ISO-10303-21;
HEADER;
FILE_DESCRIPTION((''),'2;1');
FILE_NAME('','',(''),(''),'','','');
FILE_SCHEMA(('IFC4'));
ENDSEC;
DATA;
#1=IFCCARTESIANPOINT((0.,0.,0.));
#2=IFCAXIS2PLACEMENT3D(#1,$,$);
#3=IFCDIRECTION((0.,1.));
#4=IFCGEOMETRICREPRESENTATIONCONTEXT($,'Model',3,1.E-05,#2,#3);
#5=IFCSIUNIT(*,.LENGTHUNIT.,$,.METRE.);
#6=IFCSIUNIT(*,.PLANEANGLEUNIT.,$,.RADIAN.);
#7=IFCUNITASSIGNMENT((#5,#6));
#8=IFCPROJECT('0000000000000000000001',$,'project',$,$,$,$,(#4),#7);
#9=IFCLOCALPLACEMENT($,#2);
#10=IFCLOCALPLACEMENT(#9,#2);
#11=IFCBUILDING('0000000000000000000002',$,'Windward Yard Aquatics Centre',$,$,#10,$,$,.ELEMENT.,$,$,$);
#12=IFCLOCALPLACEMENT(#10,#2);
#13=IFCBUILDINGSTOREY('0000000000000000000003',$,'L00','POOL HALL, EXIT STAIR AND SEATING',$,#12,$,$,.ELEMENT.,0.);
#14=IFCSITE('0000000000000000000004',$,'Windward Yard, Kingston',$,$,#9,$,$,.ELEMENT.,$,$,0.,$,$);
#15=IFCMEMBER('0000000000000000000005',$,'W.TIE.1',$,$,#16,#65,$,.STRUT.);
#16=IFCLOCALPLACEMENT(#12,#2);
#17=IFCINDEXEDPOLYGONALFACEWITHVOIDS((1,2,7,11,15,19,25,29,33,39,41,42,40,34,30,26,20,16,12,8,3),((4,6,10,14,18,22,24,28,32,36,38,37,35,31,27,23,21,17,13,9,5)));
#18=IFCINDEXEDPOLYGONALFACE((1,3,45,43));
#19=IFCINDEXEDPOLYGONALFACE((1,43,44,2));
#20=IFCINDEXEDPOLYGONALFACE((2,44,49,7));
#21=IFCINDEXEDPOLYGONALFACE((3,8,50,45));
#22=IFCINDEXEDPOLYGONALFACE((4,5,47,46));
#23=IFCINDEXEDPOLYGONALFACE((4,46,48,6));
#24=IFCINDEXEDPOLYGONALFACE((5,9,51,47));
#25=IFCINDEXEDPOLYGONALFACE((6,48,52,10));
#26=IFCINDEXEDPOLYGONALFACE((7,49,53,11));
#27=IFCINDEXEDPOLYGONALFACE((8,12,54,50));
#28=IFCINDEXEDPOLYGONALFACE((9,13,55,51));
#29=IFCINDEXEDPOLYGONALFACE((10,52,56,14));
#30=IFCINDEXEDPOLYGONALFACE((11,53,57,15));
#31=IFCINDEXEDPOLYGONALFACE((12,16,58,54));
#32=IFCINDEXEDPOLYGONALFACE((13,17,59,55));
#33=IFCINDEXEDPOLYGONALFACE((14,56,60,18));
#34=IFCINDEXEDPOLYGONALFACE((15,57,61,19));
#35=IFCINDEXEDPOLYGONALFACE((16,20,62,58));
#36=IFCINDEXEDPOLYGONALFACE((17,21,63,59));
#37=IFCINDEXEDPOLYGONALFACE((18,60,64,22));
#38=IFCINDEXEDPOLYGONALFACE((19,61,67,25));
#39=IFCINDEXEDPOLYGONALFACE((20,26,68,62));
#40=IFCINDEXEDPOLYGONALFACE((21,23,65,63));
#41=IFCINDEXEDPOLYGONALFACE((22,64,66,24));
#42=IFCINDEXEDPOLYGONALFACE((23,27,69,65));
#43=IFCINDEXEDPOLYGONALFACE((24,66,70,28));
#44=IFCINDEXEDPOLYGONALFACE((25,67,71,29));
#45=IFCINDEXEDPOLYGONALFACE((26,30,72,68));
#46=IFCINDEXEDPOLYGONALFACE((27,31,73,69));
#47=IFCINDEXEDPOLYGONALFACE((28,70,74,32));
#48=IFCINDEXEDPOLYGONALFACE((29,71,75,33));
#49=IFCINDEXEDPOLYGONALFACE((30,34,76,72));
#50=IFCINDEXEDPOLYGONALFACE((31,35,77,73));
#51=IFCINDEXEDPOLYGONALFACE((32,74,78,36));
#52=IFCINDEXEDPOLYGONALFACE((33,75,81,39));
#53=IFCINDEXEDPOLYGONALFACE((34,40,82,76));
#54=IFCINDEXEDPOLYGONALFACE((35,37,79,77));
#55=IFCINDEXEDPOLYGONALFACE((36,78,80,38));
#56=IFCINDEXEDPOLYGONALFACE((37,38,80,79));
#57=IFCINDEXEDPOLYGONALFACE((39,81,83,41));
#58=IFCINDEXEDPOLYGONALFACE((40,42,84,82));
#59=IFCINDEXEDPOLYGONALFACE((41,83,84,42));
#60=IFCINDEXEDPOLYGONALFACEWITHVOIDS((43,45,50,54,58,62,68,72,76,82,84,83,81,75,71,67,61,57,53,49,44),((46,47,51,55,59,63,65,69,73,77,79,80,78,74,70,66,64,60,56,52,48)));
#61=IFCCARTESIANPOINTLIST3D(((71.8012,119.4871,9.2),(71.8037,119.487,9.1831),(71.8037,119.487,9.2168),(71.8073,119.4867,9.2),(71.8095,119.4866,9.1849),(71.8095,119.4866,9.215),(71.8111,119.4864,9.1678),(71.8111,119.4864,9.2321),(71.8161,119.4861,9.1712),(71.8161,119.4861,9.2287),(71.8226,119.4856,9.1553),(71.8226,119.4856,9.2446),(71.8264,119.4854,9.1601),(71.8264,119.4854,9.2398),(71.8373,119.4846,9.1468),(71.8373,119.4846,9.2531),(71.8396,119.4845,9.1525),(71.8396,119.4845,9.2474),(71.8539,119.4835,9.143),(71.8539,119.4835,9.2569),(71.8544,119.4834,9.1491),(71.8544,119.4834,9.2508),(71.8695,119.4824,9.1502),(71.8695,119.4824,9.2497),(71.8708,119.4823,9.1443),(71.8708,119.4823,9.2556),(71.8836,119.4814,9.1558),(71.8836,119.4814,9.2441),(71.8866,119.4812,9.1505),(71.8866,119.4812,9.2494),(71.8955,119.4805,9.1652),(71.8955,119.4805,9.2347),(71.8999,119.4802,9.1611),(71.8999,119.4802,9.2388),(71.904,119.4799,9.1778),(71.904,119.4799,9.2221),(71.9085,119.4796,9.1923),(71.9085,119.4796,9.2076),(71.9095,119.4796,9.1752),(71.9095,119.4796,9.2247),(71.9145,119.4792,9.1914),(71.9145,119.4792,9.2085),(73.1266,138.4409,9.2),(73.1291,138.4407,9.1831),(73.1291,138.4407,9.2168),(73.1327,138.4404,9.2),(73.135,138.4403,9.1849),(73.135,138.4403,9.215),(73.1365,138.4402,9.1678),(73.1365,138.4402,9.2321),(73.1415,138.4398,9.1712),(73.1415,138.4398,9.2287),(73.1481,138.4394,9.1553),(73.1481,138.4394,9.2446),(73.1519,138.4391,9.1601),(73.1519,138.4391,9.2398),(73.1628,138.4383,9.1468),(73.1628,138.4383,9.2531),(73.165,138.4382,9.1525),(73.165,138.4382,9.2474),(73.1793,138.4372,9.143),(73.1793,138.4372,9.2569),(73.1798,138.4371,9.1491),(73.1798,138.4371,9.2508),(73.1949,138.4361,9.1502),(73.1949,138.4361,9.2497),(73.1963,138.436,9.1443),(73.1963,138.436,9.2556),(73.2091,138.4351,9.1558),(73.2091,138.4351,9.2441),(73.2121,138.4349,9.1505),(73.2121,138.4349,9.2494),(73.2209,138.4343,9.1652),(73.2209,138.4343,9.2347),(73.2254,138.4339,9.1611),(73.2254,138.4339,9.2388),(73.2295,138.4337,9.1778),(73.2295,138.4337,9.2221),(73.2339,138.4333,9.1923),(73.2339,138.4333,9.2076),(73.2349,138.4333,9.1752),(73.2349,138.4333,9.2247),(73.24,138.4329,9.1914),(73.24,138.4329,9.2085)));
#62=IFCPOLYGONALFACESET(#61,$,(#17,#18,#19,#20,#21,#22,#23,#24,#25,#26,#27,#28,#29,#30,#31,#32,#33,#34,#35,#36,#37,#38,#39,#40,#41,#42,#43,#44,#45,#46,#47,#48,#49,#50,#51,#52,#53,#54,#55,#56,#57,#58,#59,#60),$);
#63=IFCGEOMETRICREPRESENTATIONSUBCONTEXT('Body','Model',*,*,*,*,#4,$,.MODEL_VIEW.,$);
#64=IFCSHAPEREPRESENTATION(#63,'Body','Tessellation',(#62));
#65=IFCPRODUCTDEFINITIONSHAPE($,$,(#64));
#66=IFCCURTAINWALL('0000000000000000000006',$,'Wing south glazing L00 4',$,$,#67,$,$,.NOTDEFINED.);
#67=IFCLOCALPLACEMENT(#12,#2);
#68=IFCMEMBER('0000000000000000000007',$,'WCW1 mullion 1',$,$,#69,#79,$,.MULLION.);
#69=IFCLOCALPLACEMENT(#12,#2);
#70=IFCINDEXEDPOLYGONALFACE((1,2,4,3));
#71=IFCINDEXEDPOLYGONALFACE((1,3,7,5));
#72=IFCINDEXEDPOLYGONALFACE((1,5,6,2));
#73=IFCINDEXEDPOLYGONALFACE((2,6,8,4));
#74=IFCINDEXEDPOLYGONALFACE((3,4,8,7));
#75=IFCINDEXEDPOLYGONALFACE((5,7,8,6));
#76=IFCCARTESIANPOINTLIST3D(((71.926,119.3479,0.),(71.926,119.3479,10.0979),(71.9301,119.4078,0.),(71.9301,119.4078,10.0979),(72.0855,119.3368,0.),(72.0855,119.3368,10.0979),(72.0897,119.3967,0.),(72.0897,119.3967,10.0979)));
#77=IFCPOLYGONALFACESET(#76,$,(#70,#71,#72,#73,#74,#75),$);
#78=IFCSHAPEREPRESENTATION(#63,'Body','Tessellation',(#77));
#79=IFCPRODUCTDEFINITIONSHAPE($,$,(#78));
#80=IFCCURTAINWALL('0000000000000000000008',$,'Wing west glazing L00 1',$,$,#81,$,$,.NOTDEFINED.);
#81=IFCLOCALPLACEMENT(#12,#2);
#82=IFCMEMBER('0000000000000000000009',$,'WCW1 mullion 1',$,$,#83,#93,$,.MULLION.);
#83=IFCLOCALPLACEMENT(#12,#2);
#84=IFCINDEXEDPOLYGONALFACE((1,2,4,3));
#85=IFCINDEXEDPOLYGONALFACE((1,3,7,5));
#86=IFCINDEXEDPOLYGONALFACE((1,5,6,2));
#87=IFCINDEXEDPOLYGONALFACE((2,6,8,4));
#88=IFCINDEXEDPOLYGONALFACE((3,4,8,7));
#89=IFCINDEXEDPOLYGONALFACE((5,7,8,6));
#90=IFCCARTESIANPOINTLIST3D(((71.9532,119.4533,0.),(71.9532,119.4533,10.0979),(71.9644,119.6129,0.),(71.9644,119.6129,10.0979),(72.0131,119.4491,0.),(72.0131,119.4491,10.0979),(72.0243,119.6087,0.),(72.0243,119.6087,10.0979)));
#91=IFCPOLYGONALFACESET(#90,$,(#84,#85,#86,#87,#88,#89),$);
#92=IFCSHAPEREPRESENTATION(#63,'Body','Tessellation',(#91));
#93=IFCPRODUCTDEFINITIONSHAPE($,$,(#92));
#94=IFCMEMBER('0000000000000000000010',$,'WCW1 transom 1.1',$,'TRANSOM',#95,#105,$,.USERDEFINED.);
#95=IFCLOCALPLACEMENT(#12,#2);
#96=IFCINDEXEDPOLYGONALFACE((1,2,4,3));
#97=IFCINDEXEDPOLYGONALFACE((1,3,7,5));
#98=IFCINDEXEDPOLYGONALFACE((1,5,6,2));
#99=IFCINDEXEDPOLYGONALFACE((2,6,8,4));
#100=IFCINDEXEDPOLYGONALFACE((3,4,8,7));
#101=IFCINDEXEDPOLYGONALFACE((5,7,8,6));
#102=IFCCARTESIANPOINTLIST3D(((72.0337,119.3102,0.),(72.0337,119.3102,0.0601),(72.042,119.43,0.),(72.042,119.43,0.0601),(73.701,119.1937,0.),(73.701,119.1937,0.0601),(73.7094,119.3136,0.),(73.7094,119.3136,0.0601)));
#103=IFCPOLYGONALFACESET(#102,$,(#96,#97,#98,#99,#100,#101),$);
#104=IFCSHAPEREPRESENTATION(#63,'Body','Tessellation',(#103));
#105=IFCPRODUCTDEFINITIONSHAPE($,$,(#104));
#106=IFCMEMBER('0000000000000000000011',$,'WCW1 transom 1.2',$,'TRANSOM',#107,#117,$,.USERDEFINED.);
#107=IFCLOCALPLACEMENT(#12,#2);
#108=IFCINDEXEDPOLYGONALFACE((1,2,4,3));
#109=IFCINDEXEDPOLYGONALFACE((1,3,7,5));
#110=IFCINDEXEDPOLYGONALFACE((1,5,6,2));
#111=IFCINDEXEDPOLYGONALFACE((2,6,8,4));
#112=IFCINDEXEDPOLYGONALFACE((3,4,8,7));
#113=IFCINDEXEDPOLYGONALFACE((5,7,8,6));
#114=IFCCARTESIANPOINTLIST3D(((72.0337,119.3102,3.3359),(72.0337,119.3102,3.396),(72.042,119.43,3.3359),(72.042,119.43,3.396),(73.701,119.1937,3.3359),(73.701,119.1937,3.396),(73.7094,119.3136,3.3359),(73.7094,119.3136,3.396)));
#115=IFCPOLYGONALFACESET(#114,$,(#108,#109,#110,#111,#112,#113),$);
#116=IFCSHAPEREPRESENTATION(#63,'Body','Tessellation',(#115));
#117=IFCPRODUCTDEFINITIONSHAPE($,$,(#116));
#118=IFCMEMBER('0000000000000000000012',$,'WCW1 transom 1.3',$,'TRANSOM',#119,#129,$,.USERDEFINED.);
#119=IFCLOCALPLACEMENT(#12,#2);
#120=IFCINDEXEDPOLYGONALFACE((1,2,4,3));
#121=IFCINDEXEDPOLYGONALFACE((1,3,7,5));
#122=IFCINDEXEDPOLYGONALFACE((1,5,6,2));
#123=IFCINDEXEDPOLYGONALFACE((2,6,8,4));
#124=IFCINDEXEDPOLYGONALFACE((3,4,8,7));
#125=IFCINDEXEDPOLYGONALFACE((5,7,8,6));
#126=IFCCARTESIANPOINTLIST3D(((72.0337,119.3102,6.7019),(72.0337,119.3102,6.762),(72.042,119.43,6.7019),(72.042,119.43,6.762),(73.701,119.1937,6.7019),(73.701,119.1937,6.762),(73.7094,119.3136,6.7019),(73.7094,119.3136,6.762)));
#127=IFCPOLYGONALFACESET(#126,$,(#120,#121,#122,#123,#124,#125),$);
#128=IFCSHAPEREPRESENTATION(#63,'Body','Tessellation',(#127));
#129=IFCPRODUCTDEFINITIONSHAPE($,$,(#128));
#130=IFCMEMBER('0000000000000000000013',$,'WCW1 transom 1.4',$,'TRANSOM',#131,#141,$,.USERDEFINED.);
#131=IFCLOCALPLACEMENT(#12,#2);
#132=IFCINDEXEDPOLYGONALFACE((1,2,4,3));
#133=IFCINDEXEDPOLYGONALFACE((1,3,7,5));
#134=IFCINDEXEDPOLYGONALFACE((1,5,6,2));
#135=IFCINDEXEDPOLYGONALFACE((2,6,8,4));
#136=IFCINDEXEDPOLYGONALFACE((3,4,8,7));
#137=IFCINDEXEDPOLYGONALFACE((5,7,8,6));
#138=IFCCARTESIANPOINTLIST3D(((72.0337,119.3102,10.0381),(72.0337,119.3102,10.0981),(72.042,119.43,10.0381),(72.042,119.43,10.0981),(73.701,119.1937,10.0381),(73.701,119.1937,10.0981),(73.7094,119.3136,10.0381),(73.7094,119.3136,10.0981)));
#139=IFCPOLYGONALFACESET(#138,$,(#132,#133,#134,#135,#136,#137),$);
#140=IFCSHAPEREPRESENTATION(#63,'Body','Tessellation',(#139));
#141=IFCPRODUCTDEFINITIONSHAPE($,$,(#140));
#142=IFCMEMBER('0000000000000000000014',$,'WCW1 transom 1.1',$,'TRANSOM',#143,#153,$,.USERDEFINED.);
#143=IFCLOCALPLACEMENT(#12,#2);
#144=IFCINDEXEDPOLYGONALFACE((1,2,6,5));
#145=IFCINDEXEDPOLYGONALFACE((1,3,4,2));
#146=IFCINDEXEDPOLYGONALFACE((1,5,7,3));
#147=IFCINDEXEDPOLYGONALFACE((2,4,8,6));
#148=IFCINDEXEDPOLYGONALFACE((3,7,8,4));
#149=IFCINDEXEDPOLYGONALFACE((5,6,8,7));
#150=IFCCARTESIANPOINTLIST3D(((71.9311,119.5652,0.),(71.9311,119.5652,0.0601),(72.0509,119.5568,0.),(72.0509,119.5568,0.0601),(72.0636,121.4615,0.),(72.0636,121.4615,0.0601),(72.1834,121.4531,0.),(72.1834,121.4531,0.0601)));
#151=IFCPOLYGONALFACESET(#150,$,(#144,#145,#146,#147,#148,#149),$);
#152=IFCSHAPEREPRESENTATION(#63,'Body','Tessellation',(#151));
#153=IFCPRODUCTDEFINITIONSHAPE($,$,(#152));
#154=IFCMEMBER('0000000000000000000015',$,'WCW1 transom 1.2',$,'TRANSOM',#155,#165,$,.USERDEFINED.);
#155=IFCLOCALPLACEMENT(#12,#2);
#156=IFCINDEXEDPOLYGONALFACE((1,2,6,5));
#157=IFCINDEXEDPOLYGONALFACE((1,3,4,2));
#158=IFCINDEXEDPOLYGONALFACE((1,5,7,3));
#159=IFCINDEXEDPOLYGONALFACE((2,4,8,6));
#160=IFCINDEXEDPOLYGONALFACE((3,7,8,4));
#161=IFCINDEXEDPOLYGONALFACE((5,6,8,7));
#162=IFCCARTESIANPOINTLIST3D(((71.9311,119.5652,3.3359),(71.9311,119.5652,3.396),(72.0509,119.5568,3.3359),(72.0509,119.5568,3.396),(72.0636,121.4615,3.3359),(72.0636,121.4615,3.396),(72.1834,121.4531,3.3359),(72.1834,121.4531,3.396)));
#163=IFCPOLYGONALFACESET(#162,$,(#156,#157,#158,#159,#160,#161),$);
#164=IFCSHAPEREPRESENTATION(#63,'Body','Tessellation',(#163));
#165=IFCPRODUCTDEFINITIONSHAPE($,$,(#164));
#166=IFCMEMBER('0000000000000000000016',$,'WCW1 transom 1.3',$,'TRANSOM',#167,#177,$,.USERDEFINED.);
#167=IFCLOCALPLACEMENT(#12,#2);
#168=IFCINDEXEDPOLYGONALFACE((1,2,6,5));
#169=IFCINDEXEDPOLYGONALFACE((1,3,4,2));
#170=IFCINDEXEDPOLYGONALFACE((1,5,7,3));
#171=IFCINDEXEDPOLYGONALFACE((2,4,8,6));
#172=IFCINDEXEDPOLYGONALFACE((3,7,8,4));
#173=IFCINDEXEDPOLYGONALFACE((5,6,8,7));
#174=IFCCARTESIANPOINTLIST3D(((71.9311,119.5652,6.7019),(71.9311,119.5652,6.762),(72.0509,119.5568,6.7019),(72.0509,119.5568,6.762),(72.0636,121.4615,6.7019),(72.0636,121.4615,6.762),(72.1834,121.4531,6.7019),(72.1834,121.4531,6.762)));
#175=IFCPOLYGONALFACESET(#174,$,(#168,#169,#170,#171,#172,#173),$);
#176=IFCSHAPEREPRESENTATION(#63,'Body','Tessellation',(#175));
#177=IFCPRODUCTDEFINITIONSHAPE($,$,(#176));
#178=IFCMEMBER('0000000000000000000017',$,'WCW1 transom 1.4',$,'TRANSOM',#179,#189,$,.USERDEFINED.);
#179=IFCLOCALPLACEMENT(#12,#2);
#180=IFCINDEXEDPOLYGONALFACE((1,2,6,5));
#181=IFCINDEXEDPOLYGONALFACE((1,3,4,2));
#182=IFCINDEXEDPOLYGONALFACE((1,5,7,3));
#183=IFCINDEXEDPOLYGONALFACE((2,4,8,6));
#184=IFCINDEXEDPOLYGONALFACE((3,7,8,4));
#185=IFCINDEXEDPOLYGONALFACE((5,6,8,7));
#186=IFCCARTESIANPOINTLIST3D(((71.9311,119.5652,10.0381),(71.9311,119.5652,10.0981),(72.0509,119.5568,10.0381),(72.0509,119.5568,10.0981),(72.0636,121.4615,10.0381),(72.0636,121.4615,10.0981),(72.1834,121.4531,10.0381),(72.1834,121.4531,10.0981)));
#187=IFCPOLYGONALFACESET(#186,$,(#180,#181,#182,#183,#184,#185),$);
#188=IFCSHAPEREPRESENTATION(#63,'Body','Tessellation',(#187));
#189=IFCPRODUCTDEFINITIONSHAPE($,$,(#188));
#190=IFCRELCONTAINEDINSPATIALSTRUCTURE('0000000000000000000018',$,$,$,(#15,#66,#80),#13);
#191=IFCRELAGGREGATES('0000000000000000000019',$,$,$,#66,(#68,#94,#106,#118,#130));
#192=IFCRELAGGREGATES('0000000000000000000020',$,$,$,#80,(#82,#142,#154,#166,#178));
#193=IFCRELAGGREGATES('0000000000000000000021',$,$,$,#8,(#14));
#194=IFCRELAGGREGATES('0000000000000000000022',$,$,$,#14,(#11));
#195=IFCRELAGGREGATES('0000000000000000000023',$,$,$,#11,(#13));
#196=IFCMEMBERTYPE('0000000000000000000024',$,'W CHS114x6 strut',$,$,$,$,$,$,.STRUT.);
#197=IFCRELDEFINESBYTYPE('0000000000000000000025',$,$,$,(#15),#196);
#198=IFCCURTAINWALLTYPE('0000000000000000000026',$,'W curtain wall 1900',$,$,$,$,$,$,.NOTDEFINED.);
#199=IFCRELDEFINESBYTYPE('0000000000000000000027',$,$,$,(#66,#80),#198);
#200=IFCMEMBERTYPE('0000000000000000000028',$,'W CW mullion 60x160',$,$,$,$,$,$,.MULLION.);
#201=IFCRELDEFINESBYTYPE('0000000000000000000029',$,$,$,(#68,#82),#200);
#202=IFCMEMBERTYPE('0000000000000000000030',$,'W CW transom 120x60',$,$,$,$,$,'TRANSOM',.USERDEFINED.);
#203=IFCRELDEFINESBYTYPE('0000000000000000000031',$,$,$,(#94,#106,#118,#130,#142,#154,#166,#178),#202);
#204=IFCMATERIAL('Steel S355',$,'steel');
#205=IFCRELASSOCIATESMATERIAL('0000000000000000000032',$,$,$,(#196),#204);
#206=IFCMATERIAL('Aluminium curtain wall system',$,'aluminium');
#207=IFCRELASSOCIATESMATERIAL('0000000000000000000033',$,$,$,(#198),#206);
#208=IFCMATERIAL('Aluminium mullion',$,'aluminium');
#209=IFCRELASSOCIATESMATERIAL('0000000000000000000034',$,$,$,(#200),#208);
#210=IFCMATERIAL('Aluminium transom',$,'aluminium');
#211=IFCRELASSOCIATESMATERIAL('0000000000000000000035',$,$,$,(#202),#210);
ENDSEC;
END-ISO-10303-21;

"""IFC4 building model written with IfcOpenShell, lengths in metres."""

from ifc_helpers import new_model, si_unit, direction, frame, origin, origin_2d, place, context, subcontext, project, spatial, rectangle, hollow_circle, extrude, material, material_profile, profile_set, type_object, element, aggregate, save


model = new_model("IFC4")

# Units and contexts
model_context = context("Model", 3, precision=1e-05, world=origin(), true_north=direction((0.0, 1.0)))
body_context = subcontext(model_context, "Body", "Model", "MODEL_VIEW")
ifc_project = project(units=[si_unit("LENGTHUNIT", "METRE"), si_unit("PLANEANGLEUNIT", "RADIAN")], contexts=[model_context])

# Site, building, storey
site_placement = place(None, origin())
site = spatial("IfcSite", under=ifc_project, at=site_placement, Name="Windward Yard, Kingston", CompositionType="ELEMENT", RefElevation=0.0)
building_placement = place(site_placement, origin())
building = spatial("IfcBuilding", under=site, at=building_placement, Name="Windward Yard Aquatics Centre", CompositionType="ELEMENT")
storey_placement = place(building_placement, origin())
storey = spatial("IfcBuildingStorey", under=building, at=storey_placement, Name="L00", Description="POOL HALL, EXIT STAIR AND SEATING", CompositionType="ELEMENT", Elevation=0.0)

# Shared definitions
ifc_material_1 = material(Name="Steel S355", Category="steel")

# Member
ifc_material_profile_1 = material_profile(ifc_material_1, hollow_circle(Radius=0.0571, WallThickness=0.0061, at=origin_2d()), Name="CHS114x6")
ifc_profile_set_1 = profile_set([ifc_material_profile_1], Name="Steel S355")
member_type_1 = type_object("IfcMemberType", Name="W CHS114x6 strut", PredefinedType="STRUT", material=ifc_profile_set_1)
member_1_placement = place(storey_placement, frame((71.8582, 119.4832, 9.2), z_axis=(0.06976, 0.997564, 0.0), x_axis=(-0.997564, 0.06976, 0.0)))
element("IfcMember", 1, at=member_1_placement, inside=storey, type_object=member_type_1, Name="W.TIE.1", PredefinedType="STRUT", context=body_context, shape_type="SweptSolid", body=[
    extrude(hollow_circle(Radius=0.0571, WallThickness=0.0061, at=origin_2d()), origin(), (0.0, 0.0, 1.0), 19.0),
])

# Curtain walls, members
ifc_material_2 = material(Name="Aluminium curtain wall system", Category="aluminium")
curtain_wall_type = type_object("IfcCurtainWallType", Name="W curtain wall 1900", PredefinedType="NOTDEFINED", material=ifc_material_2)
curtain_wall_1_placement = place(storey_placement, origin())
curtain_wall_1 = element("IfcCurtainWall", 2, at=curtain_wall_1_placement, inside=storey, type_object=curtain_wall_type, Name="Wing south glazing L00 4", PredefinedType="NOTDEFINED")
ifc_material_3 = material(Name="Aluminium mullion", Category="aluminium")
ifc_material_profile_2 = material_profile(ifc_material_3, rectangle(XDim=0.0601, YDim=0.1599, at=origin_2d()), Name="AL 60x160")
ifc_profile_set_2 = profile_set([ifc_material_profile_2], Name="Aluminium mullion")
member_type_2 = type_object("IfcMemberType", Name="W CW mullion 60x160", PredefinedType="MULLION", material=ifc_profile_set_2)
member_2_placement = place(storey_placement, frame((72.0078, 119.3723, 0.0), z_axis=(0.0, 0.0, 1.0), x_axis=(0.069756, 0.997564, 0.0)))
member_2 = element("IfcMember", 3, at=member_2_placement, type_object=member_type_2, Name="WCW1 mullion 1", PredefinedType="MULLION", context=body_context, shape_type="SweptSolid", body=[
    extrude(rectangle(XDim=0.0601, YDim=0.1599, at=origin_2d()), origin(), (0.0, 0.0, 1.0), 10.0979),
])
curtain_wall_2_placement = place(storey_placement, origin())
curtain_wall_2 = element("IfcCurtainWall", 4, at=curtain_wall_2_placement, inside=storey, type_object=curtain_wall_type, Name="Wing west glazing L00 1", PredefinedType="NOTDEFINED")
member_3_placement = place(storey_placement, frame((71.9888, 119.531, 0.0), z_axis=(0.0, 0.0, 1.0), x_axis=(-0.997564, 0.069763, 0.0)))
member_3 = element("IfcMember", 5, at=member_3_placement, type_object=member_type_2, Name="WCW1 mullion 1", PredefinedType="MULLION", context=body_context, shape_type="SweptSolid", body=[
    extrude(rectangle(XDim=0.0601, YDim=0.1599, at=origin_2d()), origin(), (0.0, 0.0, 1.0), 10.0979),
])

# Members
ifc_material_4 = material(Name="Aluminium transom", Category="aluminium")
ifc_material_profile_3 = material_profile(ifc_material_4, rectangle(XDim=0.1201, YDim=0.0601, at=origin_2d()), Name="AL 120x60")
ifc_profile_set_3 = profile_set([ifc_material_profile_3], Name="Aluminium transom")
member_type_3 = type_object("IfcMemberType", Name="W CW transom 120x60", ElementType="TRANSOM", PredefinedType="USERDEFINED", material=ifc_profile_set_3)
member_4_placement = place(storey_placement, frame((72.0378, 119.3701, 0.03), z_axis=(0.997569, -0.069679, 0.0), x_axis=(0.069679, 0.997569, 0.0)))
member_4 = element("IfcMember", 6, at=member_4_placement, type_object=member_type_3, Name="WCW1 transom 1.1", ObjectType="TRANSOM", PredefinedType="USERDEFINED", context=body_context, shape_type="SweptSolid", body=[
    extrude(rectangle(XDim=0.1201, YDim=0.0601, at=origin_2d()), origin(), (0.0, 0.0, 1.0), 1.6714),
])
member_5_placement = place(storey_placement, frame((72.0378, 119.3701, 3.366), z_axis=(0.997569, -0.069679, 0.0), x_axis=(0.069679, 0.997569, 0.0)))
member_5 = element("IfcMember", 7, at=member_5_placement, type_object=member_type_3, Name="WCW1 transom 1.2", ObjectType="TRANSOM", PredefinedType="USERDEFINED", context=body_context, shape_type="SweptSolid", body=[
    extrude(rectangle(XDim=0.1201, YDim=0.0601, at=origin_2d()), origin(), (0.0, 0.0, 1.0), 1.6714),
])
member_6_placement = place(storey_placement, frame((72.0378, 119.3701, 6.7319), z_axis=(0.997569, -0.069679, 0.0), x_axis=(0.069679, 0.997569, 0.0)))
member_6 = element("IfcMember", 8, at=member_6_placement, type_object=member_type_3, Name="WCW1 transom 1.3", ObjectType="TRANSOM", PredefinedType="USERDEFINED", context=body_context, shape_type="SweptSolid", body=[
    extrude(rectangle(XDim=0.1201, YDim=0.0601, at=origin_2d()), origin(), (0.0, 0.0, 1.0), 1.6714),
])
member_7_placement = place(storey_placement, frame((72.0378, 119.3701, 10.0681), z_axis=(0.997569, -0.069679, 0.0), x_axis=(0.069679, 0.997569, 0.0)))
member_7 = element("IfcMember", 9, at=member_7_placement, type_object=member_type_3, Name="WCW1 transom 1.4", ObjectType="TRANSOM", PredefinedType="USERDEFINED", context=body_context, shape_type="SweptSolid", body=[
    extrude(rectangle(XDim=0.1201, YDim=0.0601, at=origin_2d()), origin(), (0.0, 0.0, 1.0), 1.6714),
])
aggregate(curtain_wall_1, [member_2, member_4, member_5, member_6, member_7])
member_8_placement = place(storey_placement, frame((71.991, 119.561, 0.03), z_axis=(0.069741, 0.997565, 0.0), x_axis=(-0.997565, 0.069741, 0.0)))
member_8 = element("IfcMember", 10, at=member_8_placement, type_object=member_type_3, Name="WCW1 transom 1.1", ObjectType="TRANSOM", PredefinedType="USERDEFINED", context=body_context, shape_type="SweptSolid", body=[
    extrude(rectangle(XDim=0.1201, YDim=0.0601, at=origin_2d()), origin(), (0.0, 0.0, 1.0), 1.9009),
])
member_9_placement = place(storey_placement, frame((71.991, 119.561, 3.366), z_axis=(0.069741, 0.997565, 0.0), x_axis=(-0.997565, 0.069741, 0.0)))
member_9 = element("IfcMember", 11, at=member_9_placement, type_object=member_type_3, Name="WCW1 transom 1.2", ObjectType="TRANSOM", PredefinedType="USERDEFINED", context=body_context, shape_type="SweptSolid", body=[
    extrude(rectangle(XDim=0.1201, YDim=0.0601, at=origin_2d()), origin(), (0.0, 0.0, 1.0), 1.9009),
])
member_10_placement = place(storey_placement, frame((71.991, 119.561, 6.7319), z_axis=(0.069741, 0.997565, 0.0), x_axis=(-0.997565, 0.069741, 0.0)))
member_10 = element("IfcMember", 12, at=member_10_placement, type_object=member_type_3, Name="WCW1 transom 1.3", ObjectType="TRANSOM", PredefinedType="USERDEFINED", context=body_context, shape_type="SweptSolid", body=[
    extrude(rectangle(XDim=0.1201, YDim=0.0601, at=origin_2d()), origin(), (0.0, 0.0, 1.0), 1.9009),
])
member_11_placement = place(storey_placement, frame((71.991, 119.561, 10.0681), z_axis=(0.069741, 0.997565, 0.0), x_axis=(-0.997565, 0.069741, 0.0)))
member_11 = element("IfcMember", 13, at=member_11_placement, type_object=member_type_3, Name="WCW1 transom 1.4", ObjectType="TRANSOM", PredefinedType="USERDEFINED", context=body_context, shape_type="SweptSolid", body=[
    extrude(rectangle(XDim=0.1201, YDim=0.0601, at=origin_2d()), origin(), (0.0, 0.0, 1.0), 1.9009),
])
aggregate(curtain_wall_2, [member_3, member_8, member_9, member_10, member_11])

save(model, "model.ifc")
